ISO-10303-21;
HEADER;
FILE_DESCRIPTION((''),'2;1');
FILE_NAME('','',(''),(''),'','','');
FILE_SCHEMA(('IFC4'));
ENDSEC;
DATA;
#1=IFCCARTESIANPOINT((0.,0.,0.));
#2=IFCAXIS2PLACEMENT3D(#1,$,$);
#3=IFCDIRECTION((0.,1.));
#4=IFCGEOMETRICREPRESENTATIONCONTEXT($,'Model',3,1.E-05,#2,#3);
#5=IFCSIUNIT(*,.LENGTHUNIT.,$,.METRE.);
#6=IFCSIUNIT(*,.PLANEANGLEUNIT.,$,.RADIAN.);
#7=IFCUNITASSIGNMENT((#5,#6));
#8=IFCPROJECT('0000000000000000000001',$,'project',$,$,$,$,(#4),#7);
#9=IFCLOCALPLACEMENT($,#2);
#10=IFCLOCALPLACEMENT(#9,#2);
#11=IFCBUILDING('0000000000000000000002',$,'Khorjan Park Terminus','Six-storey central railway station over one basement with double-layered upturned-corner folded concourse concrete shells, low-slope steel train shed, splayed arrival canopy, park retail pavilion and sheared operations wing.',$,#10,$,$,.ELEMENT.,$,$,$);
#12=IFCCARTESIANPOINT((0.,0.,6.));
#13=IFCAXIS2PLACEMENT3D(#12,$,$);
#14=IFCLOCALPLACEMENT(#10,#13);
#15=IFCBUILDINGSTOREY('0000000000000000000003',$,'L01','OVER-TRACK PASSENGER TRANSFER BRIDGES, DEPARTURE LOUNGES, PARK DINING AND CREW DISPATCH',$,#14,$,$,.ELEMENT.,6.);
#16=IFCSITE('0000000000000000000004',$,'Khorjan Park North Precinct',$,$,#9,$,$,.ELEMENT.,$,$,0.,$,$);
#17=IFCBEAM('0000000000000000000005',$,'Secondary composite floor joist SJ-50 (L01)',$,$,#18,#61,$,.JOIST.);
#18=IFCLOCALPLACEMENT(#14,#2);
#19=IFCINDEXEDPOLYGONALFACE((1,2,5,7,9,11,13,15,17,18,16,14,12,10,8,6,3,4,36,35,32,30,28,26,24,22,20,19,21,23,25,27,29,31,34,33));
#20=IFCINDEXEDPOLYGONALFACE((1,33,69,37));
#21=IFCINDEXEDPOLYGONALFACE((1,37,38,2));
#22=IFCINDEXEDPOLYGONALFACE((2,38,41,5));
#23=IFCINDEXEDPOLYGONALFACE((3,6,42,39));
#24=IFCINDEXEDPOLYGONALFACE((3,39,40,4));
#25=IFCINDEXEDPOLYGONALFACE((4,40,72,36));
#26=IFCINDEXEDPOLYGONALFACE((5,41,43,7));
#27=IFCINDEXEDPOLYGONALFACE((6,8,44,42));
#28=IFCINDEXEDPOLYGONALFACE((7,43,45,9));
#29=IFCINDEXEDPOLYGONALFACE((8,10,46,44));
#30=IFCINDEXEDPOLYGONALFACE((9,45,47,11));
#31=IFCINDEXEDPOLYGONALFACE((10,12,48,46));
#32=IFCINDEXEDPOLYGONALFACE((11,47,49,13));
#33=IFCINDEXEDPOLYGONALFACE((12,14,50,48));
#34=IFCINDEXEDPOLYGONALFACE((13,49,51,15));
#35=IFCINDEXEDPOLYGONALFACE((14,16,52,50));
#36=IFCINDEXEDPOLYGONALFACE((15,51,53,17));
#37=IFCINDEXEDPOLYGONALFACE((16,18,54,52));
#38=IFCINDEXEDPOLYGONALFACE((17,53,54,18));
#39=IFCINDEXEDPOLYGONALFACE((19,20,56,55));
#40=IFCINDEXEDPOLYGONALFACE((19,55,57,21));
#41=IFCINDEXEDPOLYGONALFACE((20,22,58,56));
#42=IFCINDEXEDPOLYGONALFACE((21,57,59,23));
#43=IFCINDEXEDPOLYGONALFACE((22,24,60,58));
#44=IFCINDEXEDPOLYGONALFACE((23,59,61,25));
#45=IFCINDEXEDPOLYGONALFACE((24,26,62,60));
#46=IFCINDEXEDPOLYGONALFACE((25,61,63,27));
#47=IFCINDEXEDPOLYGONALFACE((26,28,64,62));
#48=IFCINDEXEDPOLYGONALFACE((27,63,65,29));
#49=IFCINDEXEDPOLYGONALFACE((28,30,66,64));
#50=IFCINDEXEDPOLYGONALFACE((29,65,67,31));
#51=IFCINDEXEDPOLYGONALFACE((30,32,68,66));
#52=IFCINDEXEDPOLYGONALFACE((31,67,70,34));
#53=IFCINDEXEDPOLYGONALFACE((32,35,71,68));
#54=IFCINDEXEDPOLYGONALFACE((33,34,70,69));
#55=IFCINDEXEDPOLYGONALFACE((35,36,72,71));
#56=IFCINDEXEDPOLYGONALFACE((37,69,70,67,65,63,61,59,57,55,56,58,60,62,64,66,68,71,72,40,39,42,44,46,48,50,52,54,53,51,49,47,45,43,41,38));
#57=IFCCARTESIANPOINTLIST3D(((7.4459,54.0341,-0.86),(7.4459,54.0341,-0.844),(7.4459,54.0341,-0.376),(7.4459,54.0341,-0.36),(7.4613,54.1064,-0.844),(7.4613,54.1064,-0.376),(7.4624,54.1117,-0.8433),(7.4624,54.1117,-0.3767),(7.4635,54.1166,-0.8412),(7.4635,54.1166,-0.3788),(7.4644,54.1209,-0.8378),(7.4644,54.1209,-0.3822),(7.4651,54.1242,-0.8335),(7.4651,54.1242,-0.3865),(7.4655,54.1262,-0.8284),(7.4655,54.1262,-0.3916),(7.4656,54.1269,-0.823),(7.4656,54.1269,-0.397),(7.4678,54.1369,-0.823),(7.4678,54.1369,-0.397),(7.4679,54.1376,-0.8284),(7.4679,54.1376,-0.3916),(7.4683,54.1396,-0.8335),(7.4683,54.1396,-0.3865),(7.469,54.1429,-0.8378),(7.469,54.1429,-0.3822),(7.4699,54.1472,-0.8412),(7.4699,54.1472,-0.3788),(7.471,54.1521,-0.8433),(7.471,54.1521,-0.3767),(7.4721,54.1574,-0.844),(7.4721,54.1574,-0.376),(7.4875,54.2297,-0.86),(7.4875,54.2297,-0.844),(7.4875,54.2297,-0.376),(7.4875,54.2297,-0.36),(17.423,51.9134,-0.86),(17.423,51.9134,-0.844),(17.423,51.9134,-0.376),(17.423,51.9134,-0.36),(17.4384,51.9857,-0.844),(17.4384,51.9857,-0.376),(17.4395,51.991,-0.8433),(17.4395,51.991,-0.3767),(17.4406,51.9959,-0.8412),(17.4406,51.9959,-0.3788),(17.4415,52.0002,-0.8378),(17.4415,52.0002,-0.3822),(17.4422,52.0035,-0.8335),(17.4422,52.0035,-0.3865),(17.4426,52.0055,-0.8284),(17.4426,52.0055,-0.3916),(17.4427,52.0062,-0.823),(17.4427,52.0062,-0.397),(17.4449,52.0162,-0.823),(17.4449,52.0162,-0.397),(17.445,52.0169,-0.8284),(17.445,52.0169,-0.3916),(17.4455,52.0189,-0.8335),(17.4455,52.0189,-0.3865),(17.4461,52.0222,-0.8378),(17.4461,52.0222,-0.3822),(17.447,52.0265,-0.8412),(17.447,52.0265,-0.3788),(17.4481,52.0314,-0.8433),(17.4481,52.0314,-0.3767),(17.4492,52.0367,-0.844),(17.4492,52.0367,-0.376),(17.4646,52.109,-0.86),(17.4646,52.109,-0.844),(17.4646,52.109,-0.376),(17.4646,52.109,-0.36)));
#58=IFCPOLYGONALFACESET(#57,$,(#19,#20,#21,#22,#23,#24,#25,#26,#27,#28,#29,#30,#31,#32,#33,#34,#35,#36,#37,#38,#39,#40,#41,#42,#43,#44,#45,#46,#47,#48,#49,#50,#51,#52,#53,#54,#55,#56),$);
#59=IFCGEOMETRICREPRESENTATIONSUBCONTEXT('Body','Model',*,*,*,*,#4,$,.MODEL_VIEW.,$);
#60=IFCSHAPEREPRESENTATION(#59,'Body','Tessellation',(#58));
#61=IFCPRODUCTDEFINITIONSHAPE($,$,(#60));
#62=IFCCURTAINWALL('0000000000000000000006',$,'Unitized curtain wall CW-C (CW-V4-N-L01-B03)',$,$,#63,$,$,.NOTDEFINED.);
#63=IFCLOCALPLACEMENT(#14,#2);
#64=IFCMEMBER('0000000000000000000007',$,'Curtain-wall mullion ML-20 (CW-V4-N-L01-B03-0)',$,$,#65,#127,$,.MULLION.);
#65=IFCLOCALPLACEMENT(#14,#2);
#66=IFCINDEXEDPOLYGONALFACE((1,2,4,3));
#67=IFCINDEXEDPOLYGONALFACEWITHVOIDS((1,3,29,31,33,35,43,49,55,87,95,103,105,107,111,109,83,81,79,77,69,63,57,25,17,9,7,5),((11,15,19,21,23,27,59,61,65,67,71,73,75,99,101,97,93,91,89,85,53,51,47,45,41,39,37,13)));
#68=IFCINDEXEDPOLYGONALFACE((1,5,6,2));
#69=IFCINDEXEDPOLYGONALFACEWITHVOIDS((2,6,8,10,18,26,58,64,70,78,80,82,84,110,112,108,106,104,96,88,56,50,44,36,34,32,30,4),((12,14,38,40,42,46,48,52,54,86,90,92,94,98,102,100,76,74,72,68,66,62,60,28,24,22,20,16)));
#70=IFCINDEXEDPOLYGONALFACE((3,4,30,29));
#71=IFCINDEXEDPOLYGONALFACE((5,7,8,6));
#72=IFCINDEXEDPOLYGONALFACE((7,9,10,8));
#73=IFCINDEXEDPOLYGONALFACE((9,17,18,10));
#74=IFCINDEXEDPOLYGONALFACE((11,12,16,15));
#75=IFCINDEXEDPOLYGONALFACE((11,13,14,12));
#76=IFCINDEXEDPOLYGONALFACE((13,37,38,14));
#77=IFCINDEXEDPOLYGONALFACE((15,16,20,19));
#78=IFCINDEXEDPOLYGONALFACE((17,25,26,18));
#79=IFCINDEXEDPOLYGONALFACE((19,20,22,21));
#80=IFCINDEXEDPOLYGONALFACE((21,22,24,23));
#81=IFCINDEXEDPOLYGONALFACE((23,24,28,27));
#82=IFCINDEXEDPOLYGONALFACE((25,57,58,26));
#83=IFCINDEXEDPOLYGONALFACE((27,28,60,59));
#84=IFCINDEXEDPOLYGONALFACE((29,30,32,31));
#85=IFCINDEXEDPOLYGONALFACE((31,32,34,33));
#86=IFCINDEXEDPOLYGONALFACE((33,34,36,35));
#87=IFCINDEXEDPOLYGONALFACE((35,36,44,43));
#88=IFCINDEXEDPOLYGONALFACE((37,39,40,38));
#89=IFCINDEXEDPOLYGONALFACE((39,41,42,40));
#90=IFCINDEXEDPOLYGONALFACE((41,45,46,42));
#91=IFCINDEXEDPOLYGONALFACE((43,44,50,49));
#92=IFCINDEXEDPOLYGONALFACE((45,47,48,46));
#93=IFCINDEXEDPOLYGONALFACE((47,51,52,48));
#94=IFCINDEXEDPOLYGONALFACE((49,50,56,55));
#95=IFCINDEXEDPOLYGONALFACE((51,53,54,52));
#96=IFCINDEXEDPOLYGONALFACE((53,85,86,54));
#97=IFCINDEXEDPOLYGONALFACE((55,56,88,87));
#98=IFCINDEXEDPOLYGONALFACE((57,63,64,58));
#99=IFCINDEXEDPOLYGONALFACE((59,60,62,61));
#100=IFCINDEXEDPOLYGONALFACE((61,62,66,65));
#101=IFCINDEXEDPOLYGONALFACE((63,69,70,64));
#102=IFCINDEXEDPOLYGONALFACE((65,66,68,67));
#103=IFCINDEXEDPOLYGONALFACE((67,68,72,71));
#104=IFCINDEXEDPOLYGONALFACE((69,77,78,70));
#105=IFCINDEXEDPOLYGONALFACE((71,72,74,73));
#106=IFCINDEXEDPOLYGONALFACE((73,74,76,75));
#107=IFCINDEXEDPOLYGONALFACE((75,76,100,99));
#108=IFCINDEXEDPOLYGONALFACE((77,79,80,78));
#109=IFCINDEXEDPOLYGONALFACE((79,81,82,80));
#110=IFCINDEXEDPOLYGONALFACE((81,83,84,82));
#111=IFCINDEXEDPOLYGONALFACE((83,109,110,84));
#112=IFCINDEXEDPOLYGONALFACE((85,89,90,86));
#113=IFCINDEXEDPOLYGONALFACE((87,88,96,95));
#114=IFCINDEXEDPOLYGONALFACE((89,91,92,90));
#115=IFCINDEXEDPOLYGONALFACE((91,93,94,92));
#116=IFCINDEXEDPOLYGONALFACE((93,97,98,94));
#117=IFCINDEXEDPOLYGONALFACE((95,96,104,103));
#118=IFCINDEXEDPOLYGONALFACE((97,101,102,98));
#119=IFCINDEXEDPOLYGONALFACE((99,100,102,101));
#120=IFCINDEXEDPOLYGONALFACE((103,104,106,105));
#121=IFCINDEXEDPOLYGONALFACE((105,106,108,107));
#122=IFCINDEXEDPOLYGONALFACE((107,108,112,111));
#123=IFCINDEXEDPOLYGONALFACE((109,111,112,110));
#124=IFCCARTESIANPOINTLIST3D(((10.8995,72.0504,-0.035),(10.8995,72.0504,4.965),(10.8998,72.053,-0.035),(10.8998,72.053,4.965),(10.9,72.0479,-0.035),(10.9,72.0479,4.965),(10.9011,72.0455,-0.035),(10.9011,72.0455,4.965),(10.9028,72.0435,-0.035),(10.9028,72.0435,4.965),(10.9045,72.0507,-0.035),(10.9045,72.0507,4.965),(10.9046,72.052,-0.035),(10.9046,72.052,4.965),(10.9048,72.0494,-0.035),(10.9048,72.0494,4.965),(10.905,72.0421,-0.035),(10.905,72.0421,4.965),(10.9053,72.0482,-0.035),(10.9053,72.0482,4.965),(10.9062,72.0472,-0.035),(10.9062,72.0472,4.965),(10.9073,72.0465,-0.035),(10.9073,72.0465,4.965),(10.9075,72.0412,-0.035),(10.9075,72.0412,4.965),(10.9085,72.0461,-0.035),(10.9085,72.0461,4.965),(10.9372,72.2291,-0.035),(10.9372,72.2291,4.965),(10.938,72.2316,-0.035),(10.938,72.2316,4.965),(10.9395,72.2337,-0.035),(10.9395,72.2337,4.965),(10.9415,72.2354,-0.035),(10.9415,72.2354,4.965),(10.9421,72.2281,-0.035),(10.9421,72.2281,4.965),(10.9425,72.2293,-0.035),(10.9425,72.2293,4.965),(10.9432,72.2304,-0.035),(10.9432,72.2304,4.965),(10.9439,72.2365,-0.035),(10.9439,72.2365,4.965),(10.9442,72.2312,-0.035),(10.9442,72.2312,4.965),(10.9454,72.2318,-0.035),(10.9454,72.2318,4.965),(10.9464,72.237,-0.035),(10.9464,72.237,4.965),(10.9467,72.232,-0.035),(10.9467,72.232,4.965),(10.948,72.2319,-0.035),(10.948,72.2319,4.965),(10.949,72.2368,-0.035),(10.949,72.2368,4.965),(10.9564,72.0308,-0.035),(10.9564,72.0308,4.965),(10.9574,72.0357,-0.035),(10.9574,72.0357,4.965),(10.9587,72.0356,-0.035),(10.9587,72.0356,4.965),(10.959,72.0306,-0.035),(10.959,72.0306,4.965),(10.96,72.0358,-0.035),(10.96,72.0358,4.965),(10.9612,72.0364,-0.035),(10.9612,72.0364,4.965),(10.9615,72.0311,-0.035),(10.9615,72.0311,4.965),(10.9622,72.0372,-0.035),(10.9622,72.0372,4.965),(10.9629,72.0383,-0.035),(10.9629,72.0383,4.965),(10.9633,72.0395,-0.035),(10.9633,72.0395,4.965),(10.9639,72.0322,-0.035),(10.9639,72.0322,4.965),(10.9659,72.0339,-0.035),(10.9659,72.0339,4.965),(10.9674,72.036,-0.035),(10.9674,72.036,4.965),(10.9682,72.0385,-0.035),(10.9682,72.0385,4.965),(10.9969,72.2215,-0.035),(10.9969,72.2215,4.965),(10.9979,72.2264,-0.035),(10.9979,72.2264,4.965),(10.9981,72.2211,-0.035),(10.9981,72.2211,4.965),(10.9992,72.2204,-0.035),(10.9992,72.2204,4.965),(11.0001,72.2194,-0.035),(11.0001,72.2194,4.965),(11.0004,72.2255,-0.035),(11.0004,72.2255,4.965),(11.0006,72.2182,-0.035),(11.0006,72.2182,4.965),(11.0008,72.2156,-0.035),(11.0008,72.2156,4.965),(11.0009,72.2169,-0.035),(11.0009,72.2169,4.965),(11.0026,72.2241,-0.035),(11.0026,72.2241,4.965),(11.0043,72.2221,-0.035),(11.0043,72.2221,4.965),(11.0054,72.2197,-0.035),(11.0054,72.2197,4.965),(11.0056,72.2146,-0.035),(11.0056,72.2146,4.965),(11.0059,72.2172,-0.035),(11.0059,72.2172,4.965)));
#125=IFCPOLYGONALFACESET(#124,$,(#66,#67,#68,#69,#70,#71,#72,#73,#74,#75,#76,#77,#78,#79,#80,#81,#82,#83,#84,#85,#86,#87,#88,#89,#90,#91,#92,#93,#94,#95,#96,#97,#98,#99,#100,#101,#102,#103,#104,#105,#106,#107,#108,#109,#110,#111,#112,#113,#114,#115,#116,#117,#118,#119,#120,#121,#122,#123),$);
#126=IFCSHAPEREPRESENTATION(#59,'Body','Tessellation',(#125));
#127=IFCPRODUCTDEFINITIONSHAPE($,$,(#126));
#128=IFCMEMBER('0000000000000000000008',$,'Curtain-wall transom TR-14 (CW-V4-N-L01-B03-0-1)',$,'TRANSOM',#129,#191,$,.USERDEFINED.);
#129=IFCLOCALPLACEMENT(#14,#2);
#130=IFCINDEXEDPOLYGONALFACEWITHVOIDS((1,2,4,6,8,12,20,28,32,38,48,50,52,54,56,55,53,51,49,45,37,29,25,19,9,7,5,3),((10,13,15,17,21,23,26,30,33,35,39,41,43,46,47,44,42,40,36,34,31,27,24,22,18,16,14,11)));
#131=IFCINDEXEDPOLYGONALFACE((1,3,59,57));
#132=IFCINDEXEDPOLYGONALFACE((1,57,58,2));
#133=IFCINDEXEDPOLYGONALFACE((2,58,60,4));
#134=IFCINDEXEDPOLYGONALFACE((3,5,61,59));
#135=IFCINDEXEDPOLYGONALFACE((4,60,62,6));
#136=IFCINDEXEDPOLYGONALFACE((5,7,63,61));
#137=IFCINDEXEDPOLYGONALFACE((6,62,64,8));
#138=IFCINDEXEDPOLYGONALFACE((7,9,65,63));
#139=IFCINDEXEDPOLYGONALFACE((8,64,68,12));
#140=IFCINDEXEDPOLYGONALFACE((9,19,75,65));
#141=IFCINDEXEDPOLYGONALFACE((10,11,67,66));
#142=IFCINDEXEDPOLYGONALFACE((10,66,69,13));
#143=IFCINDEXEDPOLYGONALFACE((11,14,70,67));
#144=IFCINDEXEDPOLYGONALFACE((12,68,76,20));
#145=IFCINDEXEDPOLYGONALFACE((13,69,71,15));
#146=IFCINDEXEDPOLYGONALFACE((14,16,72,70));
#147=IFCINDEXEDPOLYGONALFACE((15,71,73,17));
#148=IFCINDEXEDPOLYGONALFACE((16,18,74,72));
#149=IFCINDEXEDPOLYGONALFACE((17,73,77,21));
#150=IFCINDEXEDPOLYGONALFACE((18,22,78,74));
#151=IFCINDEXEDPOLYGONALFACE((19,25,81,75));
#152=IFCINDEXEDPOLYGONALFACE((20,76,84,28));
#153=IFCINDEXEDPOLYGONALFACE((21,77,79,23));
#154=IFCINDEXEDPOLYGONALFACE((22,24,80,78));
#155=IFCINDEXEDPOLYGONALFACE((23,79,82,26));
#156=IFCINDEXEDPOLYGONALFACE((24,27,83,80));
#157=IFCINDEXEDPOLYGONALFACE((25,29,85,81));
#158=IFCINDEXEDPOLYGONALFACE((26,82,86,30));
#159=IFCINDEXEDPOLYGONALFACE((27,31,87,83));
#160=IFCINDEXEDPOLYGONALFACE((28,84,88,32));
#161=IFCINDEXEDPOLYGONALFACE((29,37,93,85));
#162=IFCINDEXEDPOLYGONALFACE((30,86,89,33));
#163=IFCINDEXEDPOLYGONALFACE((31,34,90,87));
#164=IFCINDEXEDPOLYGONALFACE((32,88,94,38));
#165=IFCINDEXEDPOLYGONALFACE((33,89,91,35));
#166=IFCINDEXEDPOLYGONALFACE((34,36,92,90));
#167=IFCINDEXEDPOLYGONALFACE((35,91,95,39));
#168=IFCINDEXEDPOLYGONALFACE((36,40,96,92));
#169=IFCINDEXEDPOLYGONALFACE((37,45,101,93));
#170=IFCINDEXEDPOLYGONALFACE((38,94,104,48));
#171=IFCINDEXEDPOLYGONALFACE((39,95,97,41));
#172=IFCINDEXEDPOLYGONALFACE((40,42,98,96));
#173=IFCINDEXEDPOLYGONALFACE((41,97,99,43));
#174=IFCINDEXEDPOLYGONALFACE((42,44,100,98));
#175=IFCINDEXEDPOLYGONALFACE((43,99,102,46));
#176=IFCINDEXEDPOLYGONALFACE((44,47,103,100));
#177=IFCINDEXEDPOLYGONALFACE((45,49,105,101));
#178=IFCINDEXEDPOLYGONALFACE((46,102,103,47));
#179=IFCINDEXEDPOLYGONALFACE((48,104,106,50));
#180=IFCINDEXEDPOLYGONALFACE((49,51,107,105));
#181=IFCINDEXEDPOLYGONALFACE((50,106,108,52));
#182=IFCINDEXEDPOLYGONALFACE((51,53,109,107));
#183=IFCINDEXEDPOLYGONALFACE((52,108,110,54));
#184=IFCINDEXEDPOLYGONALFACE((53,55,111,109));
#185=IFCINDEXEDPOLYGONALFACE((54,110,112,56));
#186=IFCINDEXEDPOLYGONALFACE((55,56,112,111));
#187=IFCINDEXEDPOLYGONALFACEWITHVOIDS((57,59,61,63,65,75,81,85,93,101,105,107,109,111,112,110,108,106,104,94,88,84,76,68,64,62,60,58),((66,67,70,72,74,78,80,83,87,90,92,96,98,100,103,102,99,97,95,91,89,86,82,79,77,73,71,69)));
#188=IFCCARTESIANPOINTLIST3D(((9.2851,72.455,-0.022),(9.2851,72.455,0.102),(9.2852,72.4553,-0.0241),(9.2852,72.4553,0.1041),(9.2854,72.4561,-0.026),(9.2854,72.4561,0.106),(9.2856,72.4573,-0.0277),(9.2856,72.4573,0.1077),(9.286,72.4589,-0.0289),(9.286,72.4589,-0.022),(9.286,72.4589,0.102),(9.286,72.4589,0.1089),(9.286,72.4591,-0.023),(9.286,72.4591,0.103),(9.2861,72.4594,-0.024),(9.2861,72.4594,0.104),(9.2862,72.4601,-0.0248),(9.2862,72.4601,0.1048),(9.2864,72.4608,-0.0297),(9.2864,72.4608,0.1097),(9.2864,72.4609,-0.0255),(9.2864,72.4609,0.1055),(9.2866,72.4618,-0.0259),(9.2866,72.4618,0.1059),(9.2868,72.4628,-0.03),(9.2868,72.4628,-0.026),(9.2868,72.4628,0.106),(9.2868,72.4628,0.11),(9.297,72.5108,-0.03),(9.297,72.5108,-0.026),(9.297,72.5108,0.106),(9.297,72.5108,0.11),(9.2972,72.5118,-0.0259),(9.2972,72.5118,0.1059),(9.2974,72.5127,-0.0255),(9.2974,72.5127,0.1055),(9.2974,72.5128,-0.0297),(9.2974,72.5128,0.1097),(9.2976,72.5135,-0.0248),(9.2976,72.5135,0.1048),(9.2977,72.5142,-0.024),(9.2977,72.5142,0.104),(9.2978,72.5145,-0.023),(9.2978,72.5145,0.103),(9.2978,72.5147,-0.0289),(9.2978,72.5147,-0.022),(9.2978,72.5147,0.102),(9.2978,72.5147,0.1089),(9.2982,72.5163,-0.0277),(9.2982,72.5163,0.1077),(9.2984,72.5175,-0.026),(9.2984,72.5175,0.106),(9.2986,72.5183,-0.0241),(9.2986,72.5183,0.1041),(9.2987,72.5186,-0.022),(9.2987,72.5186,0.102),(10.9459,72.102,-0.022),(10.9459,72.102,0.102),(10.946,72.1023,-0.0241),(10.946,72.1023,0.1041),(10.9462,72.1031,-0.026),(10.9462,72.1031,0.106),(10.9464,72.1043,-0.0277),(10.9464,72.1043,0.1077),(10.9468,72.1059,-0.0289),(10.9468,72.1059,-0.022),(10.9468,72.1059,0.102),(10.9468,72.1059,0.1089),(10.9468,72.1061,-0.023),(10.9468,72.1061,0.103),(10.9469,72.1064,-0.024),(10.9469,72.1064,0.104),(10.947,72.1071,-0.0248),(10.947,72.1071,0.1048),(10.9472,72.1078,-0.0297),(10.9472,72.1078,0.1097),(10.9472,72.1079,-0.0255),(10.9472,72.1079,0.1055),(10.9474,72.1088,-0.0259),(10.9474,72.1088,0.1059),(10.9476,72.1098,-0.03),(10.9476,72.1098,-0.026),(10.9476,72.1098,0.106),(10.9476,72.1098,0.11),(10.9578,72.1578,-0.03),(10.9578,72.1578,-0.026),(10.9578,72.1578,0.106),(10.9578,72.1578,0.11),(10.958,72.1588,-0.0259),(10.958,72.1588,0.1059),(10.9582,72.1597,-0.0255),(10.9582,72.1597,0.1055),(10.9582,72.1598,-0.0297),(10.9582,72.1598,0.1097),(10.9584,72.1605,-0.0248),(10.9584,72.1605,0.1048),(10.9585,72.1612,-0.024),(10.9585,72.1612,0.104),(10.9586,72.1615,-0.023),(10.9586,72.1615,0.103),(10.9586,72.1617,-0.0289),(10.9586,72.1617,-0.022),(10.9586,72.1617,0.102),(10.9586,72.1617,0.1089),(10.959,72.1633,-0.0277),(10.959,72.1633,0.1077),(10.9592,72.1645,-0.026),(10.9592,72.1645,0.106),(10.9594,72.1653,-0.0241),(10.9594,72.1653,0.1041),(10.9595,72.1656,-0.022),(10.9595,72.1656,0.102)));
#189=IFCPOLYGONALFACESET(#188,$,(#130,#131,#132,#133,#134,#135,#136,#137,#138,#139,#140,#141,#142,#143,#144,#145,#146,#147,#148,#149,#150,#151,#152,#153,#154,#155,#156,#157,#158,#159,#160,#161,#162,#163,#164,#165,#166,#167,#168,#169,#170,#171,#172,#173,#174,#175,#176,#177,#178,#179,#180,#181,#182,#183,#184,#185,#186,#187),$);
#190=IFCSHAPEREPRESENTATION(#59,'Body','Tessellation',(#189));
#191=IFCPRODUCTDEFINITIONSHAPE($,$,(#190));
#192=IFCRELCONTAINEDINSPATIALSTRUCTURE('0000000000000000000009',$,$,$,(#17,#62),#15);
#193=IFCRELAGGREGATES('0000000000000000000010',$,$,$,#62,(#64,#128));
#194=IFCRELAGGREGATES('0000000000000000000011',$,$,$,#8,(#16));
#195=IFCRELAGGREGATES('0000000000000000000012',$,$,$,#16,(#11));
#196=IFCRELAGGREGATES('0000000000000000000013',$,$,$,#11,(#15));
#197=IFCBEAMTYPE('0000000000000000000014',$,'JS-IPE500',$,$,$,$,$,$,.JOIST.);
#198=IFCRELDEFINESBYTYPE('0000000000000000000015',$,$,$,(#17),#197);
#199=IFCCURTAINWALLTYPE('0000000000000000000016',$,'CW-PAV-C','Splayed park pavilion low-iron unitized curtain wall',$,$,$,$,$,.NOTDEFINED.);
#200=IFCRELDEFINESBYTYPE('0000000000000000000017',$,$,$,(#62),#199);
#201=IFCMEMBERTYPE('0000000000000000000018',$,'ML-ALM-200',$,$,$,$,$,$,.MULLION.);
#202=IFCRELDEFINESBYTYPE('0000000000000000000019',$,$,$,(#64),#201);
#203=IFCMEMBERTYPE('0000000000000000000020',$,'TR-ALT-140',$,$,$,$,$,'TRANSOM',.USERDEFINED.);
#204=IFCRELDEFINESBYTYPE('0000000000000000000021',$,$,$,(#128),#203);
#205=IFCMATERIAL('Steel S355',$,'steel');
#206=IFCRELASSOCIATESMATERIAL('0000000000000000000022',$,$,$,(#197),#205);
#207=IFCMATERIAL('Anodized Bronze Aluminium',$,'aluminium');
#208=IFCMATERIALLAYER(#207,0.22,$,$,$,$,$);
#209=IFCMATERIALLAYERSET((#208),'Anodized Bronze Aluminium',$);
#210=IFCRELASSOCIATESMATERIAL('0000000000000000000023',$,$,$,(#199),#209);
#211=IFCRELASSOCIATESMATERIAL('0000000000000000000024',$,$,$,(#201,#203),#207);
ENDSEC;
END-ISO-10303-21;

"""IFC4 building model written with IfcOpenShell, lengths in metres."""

from ifc_helpers import new_model, si_unit, direction, frame, origin, origin_2d, place, context, subcontext, project, spatial, hollow_rectangle, i_section, extrude, material, layer, layer_set, material_profile, profile_set, type_object, element, aggregate, save


model = new_model("IFC4")

# Units and contexts
model_context = context("Model", 3, precision=1e-05, world=origin(), true_north=direction((0.0, 1.0)))
body_context = subcontext(model_context, "Body", "Model", "MODEL_VIEW")
ifc_project = project(units=[si_unit("LENGTHUNIT", "METRE"), si_unit("PLANEANGLEUNIT", "RADIAN")], contexts=[model_context])

# Site, building, storey
site_placement = place(None, origin())
site = spatial("IfcSite", under=ifc_project, at=site_placement, Name="Khorjan Park North Precinct", CompositionType="ELEMENT", RefElevation=0.0)
building_placement = place(site_placement, origin())
building = spatial("IfcBuilding", under=site, at=building_placement, Name="Khorjan Park Terminus", Description="Six-storey central railway station over one basement with double-layered upturned-corner folded concourse concrete shells, low-slope steel train shed, splayed arrival canopy, park retail pavilion and sheared operations wing.", CompositionType="ELEMENT")
storey_placement = place(building_placement, frame((0.0, 0.0, 6.0)))
storey = spatial("IfcBuildingStorey", under=building, at=storey_placement, Name="L01", Description="OVER-TRACK PASSENGER TRANSFER BRIDGES, DEPARTURE LOUNGES, PARK DINING AND CREW DISPATCH", CompositionType="ELEMENT", Elevation=6.0)

# Shared definitions
ifc_material_1 = material(Name="Steel S355", Category="steel")

# Beam
ifc_material_profile_1 = material_profile(ifc_material_1, i_section(OverallWidth=0.2, OverallDepth=0.5, WebThickness=0.0102, FlangeThickness=0.016, FilletRadius=0.021, at=origin_2d()), Name="IPE 500")
ifc_profile_set_1 = profile_set([ifc_material_profile_1], Name="Steel S355")
beam_type_1 = type_object("IfcBeamType", Name="JS-IPE500", PredefinedType="JOIST", material=ifc_profile_set_1)
for number, where, z_axis, x_axis, name in (
    (1, (7.4667, 54.1319, -0.61), (0.978148, -0.207912, 0.0), (0.207912, 0.978148, 0.0), "Secondary composite floor joist SJ-50 (L01)"),
):
    element("IfcBeam", number, at=place(storey_placement, frame(where, z_axis=z_axis, x_axis=x_axis)), inside=storey, type_object=beam_type_1, Name=name, PredefinedType="JOIST", context=body_context, shape_type="SweptSolid", body=[
        extrude(i_section(OverallWidth=0.2, OverallDepth=0.5, WebThickness=0.0102, FlangeThickness=0.016, FilletRadius=0.021, at=origin_2d()), origin(), (0.0, 0.0, 1.0), 10.2),
    ])

# Curtain wall, members
ifc_material_2 = material(Name="Anodized Bronze Aluminium", Category="aluminium")
ifc_layer_1 = layer(ifc_material_2, 0.22)
ifc_layer_set_1 = layer_set([ifc_layer_1], Name="Anodized Bronze Aluminium")
curtain_wall_type = type_object("IfcCurtainWallType", Name="CW-PAV-C", Description="Splayed park pavilion low-iron unitized curtain wall", PredefinedType="NOTDEFINED", material=ifc_layer_set_1)
curtain_wall_1_placement = place(storey_placement, origin())
curtain_wall_1 = element("IfcCurtainWall", 2, at=curtain_wall_1_placement, inside=storey, type_object=curtain_wall_type, Name="Unitized curtain wall CW-C (CW-V4-N-L01-B03)", PredefinedType="NOTDEFINED")
ifc_material_profile_2 = material_profile(ifc_material_2, hollow_rectangle(XDim=0.07, YDim=0.2, WallThickness=0.005, InnerFilletRadius=0.005, OuterFilletRadius=0.01, at=origin_2d()), Name="ALM 70x200x5")
ifc_profile_set_2 = profile_set([ifc_material_profile_2], Name="Anodized Bronze Aluminium")
member_type_1 = type_object("IfcMemberType", Name="ML-ALM-200", PredefinedType="MULLION", material=ifc_profile_set_2)
member_1_placement = place(storey_placement, frame((10.9527, 72.1338, -0.035), z_axis=(0.0, 0.0, 1.0), x_axis=(-0.978146, 0.207917, 0.0)))
member_1 = element("IfcMember", 3, at=member_1_placement, type_object=member_type_1, Name="Curtain-wall mullion ML-20 (CW-V4-N-L01-B03-0)", PredefinedType="MULLION", context=body_context, shape_type="SweptSolid", body=[
    extrude(hollow_rectangle(XDim=0.07, YDim=0.2, WallThickness=0.005, InnerFilletRadius=0.005, OuterFilletRadius=0.01, at=origin_2d()), origin(), (0.0, 0.0, 1.0), 5.0),
])
ifc_material_profile_3 = material_profile(ifc_material_2, hollow_rectangle(XDim=0.065, YDim=0.14, WallThickness=0.004, InnerFilletRadius=0.004, OuterFilletRadius=0.008, at=origin_2d()), Name="ALT 65x140x4")
ifc_profile_set_3 = profile_set([ifc_material_profile_3], Name="Anodized Bronze Aluminium")
member_type_2 = type_object("IfcMemberType", Name="TR-ALT-140", ElementType="TRANSOM", PredefinedType="USERDEFINED", material=ifc_profile_set_3)
member_2_placement = place(storey_placement, frame((10.9527, 72.1338, 0.04), z_axis=(-0.978149, 0.207904, 0.0), x_axis=(-0.207904, -0.978149, 0.0)))
member_2 = element("IfcMember", 4, at=member_2_placement, type_object=member_type_2, Name="Curtain-wall transom TR-14 (CW-V4-N-L01-B03-0-1)", ObjectType="TRANSOM", PredefinedType="USERDEFINED", context=body_context, shape_type="SweptSolid", body=[
    extrude(hollow_rectangle(XDim=0.065, YDim=0.14, WallThickness=0.004, InnerFilletRadius=0.004, OuterFilletRadius=0.008, at=origin_2d()), origin(), (0.0, 0.0, 1.0), 1.6979),
])

aggregate(curtain_wall_1, [member_1, member_2])

save(model, "model.ifc")
